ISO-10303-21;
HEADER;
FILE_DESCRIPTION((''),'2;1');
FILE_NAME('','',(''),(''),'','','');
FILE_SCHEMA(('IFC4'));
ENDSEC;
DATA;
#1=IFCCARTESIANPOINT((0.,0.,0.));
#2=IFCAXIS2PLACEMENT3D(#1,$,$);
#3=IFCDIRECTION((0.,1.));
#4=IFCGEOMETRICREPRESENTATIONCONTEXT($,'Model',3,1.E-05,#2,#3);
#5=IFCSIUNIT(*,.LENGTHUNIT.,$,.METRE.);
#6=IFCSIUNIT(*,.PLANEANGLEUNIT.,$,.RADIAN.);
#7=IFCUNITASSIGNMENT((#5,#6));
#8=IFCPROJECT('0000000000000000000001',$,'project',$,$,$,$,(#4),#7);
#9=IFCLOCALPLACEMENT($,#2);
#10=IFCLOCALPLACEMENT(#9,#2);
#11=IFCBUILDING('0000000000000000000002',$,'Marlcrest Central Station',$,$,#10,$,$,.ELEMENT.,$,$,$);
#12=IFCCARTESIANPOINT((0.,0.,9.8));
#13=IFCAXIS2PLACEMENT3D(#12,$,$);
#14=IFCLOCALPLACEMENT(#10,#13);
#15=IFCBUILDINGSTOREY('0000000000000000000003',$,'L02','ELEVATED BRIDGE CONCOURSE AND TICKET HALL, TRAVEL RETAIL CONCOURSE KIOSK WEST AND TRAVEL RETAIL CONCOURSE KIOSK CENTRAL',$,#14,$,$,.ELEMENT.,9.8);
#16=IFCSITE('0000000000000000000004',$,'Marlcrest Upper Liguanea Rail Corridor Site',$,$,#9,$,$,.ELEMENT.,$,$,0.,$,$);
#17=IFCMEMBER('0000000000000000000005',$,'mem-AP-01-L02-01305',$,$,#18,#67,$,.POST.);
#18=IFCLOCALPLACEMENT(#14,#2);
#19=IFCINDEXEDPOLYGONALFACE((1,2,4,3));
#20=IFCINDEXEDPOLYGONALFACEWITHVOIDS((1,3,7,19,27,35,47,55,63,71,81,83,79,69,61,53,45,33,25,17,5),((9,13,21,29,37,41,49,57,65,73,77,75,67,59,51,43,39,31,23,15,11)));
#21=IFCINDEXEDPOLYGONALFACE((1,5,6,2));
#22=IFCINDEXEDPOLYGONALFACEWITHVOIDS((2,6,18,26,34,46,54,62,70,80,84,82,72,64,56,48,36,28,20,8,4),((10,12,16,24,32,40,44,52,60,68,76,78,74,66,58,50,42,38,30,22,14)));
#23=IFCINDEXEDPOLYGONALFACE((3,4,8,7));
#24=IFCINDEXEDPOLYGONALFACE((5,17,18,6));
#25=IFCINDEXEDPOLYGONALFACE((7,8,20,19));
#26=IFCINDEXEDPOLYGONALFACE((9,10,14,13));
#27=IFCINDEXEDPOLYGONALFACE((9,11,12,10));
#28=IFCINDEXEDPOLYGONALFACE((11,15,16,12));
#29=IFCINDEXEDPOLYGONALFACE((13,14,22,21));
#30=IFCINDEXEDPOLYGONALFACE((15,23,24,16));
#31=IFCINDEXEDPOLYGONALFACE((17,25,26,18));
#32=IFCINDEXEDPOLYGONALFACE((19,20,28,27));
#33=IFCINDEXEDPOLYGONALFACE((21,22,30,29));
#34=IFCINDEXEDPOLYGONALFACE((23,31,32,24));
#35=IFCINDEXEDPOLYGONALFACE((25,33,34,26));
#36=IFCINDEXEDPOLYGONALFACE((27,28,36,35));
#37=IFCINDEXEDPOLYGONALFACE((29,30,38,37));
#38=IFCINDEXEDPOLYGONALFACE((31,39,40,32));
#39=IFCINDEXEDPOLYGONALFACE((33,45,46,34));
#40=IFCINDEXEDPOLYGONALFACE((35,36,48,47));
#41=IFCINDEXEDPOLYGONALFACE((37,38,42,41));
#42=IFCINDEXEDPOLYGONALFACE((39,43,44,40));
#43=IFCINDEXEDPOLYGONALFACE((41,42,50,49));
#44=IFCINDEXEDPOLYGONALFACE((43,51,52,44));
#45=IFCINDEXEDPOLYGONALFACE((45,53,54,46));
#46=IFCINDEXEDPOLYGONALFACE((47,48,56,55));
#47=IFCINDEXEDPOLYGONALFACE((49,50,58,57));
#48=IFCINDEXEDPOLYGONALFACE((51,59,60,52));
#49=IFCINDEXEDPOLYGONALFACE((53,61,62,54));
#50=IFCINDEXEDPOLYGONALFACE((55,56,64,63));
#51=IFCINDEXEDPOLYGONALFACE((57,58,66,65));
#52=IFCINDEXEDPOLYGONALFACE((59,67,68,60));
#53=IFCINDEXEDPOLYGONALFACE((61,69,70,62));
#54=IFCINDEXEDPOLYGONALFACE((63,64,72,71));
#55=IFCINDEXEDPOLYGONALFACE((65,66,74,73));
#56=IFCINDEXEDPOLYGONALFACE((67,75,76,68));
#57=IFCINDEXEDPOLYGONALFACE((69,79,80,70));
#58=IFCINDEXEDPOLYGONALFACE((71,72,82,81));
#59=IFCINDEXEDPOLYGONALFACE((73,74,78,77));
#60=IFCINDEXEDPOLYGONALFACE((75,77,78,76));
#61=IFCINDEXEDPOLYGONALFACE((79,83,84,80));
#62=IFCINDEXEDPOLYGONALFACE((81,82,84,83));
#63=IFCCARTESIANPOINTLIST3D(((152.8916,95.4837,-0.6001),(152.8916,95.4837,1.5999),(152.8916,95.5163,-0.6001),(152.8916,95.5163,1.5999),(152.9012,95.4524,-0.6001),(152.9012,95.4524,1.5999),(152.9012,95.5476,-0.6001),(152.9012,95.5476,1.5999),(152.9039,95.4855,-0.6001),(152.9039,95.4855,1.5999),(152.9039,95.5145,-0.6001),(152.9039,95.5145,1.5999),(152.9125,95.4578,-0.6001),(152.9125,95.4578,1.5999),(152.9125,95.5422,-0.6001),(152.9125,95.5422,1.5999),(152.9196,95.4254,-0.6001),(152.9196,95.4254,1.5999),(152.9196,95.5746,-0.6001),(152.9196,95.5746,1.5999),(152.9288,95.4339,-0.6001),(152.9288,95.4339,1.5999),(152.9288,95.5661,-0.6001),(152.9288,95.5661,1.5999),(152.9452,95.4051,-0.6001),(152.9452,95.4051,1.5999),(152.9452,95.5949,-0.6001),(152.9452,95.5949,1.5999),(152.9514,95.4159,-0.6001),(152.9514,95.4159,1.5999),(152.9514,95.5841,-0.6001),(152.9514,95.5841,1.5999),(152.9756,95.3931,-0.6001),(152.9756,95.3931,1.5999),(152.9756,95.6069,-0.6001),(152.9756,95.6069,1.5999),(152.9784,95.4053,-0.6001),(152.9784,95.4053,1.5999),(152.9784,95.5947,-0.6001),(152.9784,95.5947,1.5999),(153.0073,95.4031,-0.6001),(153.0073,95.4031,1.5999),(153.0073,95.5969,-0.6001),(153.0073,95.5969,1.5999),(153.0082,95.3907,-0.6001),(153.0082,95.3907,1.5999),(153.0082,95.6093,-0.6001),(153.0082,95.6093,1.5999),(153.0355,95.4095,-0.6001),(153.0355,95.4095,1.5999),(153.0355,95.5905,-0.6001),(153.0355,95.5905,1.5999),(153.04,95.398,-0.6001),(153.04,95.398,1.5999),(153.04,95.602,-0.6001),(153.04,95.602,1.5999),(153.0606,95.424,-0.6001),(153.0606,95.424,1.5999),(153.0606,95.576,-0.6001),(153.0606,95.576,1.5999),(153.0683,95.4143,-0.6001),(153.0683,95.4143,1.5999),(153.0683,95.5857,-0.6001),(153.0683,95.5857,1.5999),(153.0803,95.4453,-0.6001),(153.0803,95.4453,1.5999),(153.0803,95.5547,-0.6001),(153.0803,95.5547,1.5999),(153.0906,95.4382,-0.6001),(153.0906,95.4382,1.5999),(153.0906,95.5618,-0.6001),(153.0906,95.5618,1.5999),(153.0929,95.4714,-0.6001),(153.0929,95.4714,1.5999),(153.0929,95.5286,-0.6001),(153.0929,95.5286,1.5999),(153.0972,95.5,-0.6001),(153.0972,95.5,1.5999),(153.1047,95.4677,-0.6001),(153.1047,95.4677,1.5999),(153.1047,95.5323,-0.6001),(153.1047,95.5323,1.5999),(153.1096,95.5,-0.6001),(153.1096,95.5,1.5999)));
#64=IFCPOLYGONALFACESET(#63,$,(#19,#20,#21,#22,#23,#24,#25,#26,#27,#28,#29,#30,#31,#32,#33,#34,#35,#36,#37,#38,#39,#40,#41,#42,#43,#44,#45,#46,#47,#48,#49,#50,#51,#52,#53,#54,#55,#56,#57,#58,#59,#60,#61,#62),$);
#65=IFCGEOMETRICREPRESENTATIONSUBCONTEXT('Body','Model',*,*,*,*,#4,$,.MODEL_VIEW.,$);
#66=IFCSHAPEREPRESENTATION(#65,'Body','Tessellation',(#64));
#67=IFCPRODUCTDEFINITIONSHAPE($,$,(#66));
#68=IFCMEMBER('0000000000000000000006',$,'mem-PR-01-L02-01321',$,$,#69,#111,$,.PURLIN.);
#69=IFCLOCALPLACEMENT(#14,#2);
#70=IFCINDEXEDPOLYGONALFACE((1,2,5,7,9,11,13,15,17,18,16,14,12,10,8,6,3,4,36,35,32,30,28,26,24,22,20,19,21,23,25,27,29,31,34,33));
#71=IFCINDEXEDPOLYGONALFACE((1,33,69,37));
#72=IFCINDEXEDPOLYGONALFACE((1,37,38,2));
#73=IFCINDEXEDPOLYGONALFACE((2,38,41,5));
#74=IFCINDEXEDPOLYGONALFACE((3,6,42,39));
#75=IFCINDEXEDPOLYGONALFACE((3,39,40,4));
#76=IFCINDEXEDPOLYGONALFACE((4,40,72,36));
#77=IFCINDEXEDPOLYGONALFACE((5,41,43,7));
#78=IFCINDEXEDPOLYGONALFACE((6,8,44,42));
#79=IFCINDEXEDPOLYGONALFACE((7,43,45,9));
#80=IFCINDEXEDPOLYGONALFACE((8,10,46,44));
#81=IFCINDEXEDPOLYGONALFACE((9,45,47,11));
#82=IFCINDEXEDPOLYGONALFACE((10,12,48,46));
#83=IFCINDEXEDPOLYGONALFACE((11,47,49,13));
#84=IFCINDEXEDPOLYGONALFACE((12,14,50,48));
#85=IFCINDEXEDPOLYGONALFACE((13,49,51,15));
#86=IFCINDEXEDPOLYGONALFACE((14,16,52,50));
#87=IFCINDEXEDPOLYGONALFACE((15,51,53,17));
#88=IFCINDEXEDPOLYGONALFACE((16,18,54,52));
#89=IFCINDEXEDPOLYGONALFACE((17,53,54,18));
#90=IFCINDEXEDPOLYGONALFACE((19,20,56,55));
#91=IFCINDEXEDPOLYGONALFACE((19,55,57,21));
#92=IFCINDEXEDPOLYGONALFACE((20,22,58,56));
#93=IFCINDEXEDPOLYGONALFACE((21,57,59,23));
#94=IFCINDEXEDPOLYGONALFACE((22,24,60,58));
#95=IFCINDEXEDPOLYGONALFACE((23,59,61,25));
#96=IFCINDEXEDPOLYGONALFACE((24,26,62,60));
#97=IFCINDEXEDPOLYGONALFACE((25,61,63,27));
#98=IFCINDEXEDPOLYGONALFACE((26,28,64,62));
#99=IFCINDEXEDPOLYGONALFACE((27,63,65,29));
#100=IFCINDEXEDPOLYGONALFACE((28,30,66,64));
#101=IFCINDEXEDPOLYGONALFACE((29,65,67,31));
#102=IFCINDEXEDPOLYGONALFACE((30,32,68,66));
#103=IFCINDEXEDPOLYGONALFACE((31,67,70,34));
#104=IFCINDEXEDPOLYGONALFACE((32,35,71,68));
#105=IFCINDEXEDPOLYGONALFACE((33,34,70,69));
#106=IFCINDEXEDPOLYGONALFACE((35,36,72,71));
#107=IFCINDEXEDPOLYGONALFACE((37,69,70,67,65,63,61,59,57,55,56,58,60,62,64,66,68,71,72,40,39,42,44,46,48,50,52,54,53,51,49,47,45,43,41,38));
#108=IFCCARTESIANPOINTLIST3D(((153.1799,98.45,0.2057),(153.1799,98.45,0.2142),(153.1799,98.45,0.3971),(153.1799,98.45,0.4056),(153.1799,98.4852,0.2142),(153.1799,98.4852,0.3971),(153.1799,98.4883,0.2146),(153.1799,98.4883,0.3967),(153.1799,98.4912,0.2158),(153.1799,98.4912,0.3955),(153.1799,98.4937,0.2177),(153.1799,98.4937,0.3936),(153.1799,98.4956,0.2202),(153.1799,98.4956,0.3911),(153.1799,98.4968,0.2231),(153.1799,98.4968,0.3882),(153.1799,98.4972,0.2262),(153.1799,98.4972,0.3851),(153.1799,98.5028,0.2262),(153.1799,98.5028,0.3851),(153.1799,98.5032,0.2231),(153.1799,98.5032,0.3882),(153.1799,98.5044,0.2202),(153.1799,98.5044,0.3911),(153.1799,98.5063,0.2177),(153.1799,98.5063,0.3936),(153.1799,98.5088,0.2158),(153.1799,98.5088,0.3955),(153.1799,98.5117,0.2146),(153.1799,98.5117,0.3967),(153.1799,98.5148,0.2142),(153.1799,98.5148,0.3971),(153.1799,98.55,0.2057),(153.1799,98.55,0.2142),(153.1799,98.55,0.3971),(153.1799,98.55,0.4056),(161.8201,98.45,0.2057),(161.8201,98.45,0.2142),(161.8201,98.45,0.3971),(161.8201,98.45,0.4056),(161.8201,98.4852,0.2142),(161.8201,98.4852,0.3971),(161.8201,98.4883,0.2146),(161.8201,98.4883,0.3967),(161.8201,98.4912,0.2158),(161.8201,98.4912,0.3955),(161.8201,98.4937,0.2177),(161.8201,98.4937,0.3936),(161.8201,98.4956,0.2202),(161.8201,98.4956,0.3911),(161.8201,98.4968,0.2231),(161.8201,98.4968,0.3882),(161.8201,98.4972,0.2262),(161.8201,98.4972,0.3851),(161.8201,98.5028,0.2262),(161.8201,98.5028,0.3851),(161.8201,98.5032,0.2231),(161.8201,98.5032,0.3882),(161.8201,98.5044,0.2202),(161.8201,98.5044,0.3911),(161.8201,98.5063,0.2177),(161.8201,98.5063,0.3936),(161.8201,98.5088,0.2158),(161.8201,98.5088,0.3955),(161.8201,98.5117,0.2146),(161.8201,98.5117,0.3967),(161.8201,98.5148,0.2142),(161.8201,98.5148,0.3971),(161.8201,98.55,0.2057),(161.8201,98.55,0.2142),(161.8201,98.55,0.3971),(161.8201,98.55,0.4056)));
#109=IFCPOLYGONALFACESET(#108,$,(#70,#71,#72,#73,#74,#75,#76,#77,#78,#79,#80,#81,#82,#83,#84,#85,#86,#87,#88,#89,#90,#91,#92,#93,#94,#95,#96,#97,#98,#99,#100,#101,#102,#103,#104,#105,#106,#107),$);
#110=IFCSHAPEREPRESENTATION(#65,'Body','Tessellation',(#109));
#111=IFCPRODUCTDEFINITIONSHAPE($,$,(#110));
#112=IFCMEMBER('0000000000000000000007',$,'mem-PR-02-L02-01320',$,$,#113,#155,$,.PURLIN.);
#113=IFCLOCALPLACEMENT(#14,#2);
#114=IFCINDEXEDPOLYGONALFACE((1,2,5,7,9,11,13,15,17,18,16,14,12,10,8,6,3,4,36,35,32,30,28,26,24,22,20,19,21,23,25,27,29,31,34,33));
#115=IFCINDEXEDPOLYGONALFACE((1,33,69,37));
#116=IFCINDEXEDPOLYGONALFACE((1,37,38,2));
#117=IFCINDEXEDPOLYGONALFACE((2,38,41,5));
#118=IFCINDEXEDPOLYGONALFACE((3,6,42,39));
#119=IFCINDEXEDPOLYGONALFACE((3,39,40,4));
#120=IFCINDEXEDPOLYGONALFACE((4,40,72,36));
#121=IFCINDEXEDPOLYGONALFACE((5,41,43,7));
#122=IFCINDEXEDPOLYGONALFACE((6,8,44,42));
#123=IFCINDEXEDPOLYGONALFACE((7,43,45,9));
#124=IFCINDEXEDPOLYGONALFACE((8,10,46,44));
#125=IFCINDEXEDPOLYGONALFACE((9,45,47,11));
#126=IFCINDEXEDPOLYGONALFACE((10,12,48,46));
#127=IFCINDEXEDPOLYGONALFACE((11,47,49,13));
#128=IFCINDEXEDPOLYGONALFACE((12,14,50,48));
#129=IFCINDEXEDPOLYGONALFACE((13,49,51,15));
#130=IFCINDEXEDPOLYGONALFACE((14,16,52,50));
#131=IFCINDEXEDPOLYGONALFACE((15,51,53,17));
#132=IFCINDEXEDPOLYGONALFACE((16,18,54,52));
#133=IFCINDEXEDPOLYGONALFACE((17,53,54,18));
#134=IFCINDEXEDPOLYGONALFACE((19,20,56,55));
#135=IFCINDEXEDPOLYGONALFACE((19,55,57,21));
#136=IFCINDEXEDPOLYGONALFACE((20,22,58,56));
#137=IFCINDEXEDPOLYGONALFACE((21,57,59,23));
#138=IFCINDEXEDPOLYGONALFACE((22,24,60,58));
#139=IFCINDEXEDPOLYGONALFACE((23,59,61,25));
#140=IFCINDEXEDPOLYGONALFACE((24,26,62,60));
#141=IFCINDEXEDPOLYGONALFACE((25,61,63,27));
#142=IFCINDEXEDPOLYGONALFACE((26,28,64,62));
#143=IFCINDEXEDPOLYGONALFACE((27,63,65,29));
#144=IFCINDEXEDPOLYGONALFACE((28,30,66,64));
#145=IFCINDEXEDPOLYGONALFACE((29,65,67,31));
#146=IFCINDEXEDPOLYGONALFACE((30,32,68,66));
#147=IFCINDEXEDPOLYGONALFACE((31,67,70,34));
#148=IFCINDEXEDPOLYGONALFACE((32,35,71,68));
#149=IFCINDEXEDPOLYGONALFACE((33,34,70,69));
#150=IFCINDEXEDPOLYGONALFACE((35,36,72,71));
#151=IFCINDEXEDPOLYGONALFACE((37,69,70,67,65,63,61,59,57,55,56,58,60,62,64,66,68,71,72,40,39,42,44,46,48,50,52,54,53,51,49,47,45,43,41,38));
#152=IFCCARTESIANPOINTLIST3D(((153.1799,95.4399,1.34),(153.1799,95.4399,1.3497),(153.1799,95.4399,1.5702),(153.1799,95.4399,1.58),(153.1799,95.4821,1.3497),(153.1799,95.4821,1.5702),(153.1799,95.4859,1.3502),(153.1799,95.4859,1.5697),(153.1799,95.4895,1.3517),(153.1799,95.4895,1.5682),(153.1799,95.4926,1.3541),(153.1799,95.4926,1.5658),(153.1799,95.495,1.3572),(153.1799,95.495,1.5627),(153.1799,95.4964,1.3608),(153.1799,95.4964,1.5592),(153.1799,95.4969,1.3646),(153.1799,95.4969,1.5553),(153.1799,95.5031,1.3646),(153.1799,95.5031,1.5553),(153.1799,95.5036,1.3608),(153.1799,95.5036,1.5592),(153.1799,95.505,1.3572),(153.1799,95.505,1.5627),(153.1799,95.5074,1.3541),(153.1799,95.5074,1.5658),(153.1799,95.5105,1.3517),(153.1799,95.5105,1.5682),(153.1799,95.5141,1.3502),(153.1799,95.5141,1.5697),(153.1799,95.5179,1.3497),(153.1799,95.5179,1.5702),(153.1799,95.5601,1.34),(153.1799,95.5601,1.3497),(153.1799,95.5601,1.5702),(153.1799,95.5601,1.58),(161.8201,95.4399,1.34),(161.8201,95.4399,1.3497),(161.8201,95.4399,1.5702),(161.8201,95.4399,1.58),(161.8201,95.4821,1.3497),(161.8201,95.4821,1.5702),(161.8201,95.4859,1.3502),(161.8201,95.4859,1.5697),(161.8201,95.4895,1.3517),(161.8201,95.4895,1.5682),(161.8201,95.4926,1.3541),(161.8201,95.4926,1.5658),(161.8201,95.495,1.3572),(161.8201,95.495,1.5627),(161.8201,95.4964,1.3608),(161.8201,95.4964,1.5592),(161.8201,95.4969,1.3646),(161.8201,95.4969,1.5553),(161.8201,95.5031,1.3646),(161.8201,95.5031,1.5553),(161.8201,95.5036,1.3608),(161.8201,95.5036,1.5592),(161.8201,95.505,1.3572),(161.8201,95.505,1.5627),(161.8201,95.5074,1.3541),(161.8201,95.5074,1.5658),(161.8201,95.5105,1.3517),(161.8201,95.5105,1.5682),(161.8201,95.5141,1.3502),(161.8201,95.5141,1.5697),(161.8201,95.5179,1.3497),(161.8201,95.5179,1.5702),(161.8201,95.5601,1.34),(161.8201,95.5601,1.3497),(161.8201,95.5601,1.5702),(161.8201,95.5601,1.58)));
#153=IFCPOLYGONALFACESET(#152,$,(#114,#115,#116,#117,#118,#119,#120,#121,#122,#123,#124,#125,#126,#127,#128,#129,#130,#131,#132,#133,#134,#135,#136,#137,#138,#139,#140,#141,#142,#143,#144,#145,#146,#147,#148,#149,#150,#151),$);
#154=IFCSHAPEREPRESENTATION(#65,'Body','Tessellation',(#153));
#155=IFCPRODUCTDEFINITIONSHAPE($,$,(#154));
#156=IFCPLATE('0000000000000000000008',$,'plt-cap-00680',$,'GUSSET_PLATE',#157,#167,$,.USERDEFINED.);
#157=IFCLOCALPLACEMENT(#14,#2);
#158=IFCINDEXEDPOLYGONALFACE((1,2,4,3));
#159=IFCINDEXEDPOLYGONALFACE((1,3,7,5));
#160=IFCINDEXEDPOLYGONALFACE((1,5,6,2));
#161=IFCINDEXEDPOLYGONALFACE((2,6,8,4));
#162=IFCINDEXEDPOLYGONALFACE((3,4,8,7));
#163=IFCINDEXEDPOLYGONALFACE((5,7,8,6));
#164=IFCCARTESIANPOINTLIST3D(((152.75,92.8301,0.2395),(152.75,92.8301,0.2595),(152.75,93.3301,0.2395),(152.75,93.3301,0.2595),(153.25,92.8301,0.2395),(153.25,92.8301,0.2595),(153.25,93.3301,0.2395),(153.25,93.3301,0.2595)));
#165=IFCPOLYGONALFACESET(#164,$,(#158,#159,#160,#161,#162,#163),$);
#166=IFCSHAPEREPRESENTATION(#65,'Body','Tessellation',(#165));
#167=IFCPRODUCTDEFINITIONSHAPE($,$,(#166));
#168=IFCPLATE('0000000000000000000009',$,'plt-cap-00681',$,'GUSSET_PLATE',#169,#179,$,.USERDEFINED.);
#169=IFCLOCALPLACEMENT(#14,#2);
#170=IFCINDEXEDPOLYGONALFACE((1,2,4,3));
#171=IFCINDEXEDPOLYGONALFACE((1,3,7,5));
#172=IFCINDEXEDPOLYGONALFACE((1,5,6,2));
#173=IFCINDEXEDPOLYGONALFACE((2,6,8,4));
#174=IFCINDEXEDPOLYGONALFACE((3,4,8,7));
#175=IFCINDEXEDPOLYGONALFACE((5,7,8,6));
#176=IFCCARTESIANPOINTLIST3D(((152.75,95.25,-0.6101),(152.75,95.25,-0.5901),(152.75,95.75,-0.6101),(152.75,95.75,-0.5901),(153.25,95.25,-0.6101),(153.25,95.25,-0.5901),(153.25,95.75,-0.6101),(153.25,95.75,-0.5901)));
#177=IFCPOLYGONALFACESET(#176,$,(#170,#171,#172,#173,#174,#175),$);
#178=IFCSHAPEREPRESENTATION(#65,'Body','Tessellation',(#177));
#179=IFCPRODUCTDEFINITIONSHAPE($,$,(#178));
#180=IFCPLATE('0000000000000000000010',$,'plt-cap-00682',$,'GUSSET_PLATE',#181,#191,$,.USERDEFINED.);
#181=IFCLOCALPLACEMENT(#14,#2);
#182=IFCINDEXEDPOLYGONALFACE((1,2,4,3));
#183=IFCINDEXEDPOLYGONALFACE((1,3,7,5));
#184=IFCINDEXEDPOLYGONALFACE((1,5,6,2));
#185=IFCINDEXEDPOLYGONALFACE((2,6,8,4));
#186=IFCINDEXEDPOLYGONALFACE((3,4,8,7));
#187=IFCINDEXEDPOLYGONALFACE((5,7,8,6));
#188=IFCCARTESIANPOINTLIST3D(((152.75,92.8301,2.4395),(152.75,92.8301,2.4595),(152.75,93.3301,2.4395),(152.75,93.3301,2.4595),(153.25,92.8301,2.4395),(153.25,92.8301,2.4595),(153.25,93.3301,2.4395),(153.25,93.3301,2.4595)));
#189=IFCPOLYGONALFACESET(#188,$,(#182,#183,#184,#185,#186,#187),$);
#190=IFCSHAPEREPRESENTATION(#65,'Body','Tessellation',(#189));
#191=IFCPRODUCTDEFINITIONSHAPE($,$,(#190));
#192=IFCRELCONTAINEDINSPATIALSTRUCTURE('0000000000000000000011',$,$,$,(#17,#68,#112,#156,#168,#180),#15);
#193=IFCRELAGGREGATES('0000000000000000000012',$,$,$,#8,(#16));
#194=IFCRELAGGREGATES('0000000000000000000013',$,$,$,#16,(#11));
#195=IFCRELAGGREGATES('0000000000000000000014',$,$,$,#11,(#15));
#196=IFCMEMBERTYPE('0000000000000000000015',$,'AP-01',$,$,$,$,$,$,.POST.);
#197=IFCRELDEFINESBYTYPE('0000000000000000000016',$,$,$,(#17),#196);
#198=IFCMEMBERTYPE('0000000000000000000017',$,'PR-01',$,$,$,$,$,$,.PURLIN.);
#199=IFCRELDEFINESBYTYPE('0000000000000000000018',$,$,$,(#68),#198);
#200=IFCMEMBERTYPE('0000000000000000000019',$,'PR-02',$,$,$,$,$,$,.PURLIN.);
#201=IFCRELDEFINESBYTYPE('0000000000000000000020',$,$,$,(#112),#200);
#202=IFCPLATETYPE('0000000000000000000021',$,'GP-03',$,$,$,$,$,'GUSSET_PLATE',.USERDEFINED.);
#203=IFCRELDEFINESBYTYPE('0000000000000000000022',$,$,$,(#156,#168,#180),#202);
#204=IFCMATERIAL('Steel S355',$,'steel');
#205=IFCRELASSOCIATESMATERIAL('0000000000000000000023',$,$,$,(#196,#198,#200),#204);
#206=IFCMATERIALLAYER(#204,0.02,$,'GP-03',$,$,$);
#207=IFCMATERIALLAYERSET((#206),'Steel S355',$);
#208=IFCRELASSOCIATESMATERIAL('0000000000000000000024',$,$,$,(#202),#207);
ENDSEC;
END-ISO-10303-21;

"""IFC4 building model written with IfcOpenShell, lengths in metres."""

from ifc_helpers import new_model, si_unit, direction, frame, origin, origin_2d, place, context, subcontext, project, spatial, rectangle, hollow_circle, i_section, extrude, material, layer, layer_set, material_profile, profile_set, type_object, element, save


model = new_model("IFC4")

# Units and contexts
model_context = context("Model", 3, precision=1e-05, world=origin(), true_north=direction((0.0, 1.0)))
body_context = subcontext(model_context, "Body", "Model", "MODEL_VIEW")
ifc_project = project(units=[si_unit("LENGTHUNIT", "METRE"), si_unit("PLANEANGLEUNIT", "RADIAN")], contexts=[model_context])

# Site, building, storey
site_placement = place(None, origin())
site = spatial("IfcSite", under=ifc_project, at=site_placement, Name="Marlcrest Upper Liguanea Rail Corridor Site", CompositionType="ELEMENT", RefElevation=0.0)
building_placement = place(site_placement, origin())
building = spatial("IfcBuilding", under=site, at=building_placement, Name="Marlcrest Central Station", CompositionType="ELEMENT")
storey_placement = place(building_placement, frame((0.0, 0.0, 9.8)))
storey = spatial("IfcBuildingStorey", under=building, at=storey_placement, Name="L02", Description="ELEVATED BRIDGE CONCOURSE AND TICKET HALL, TRAVEL RETAIL CONCOURSE KIOSK WEST AND TRAVEL RETAIL CONCOURSE KIOSK CENTRAL", CompositionType="ELEMENT", Elevation=9.8)

# Members
ifc_material_1 = material(Name="Steel S355", Category="steel")
ifc_material_profile_1 = material_profile(ifc_material_1, hollow_circle(Radius=0.1096, WallThickness=0.0125, at=origin_2d()), Name="CHS 219.1x12.5")
ifc_profile_set_1 = profile_set([ifc_material_profile_1], Name="Steel S355")
member_type_1 = type_object("IfcMemberType", Name="AP-01", PredefinedType="POST", material=ifc_profile_set_1)
for number, where, z_axis, x_axis, name in (
    (1, (153.0, 95.5, -0.6001), (0.0, 0.0, 1.0), (1.0, 0.0, 0.0), "mem-AP-01-L02-01305"),
):
    element("IfcMember", number, at=place(storey_placement, frame(where, z_axis=z_axis, x_axis=x_axis)), inside=storey, type_object=member_type_1, Name=name, PredefinedType="POST", context=body_context, shape_type="SweptSolid", body=[
        extrude(hollow_circle(Radius=0.1096, WallThickness=0.0125, at=origin_2d()), origin(), (0.0, 0.0, 1.0), 2.2),
    ])
ifc_material_profile_2 = material_profile(ifc_material_1, i_section(OverallWidth=0.1001, OverallDepth=0.2, WebThickness=0.0056, FlangeThickness=0.0085, FilletRadius=0.012, at=origin_2d()), Name="IPE 200")
ifc_profile_set_2 = profile_set([ifc_material_profile_2], Name="Steel S355")
member_type_2 = type_object("IfcMemberType", Name="PR-01", PredefinedType="PURLIN", material=ifc_profile_set_2)
member_1_placement = place(storey_placement, frame((153.1799, 98.5, 0.3057), z_axis=(1.0, 0.0, 0.0), x_axis=(0.0, 1.0, 0.0)))
element("IfcMember", 2, at=member_1_placement, inside=storey, type_object=member_type_2, Name="mem-PR-01-L02-01321", PredefinedType="PURLIN", context=body_context, shape_type="SweptSolid", body=[
    extrude(i_section(OverallWidth=0.1001, OverallDepth=0.2, WebThickness=0.0056, FlangeThickness=0.0085, FilletRadius=0.012, at=origin_2d()), origin(), (0.0, 0.0, 1.0), 8.6401),
])
ifc_material_profile_3 = material_profile(ifc_material_1, i_section(OverallWidth=0.1201, OverallDepth=0.24, WebThickness=0.0061, FlangeThickness=0.0098, FilletRadius=0.0149, at=origin_2d()), Name="IPE 240")
ifc_profile_set_3 = profile_set([ifc_material_profile_3], Name="Steel S355")
member_type_3 = type_object("IfcMemberType", Name="PR-02", PredefinedType="PURLIN", material=ifc_profile_set_3)
member_2_placement = place(storey_placement, frame((153.1799, 95.5, 1.46), z_axis=(1.0, 0.0, 0.0), x_axis=(0.0, 1.0, 0.0)))
element("IfcMember", 3, at=member_2_placement, inside=storey, type_object=member_type_3, Name="mem-PR-02-L02-01320", PredefinedType="PURLIN", context=body_context, shape_type="SweptSolid", body=[
    extrude(i_section(OverallWidth=0.1201, OverallDepth=0.24, WebThickness=0.0061, FlangeThickness=0.0098, FilletRadius=0.0149, at=origin_2d()), origin(), (0.0, 0.0, 1.0), 8.6401),
])

# Plates
ifc_layer_1 = layer(ifc_material_1, 0.02, Name="GP-03")
ifc_layer_set_1 = layer_set([ifc_layer_1], Name="Steel S355")
plate_type = type_object("IfcPlateType", Name="GP-03", ElementType="GUSSET_PLATE", PredefinedType="USERDEFINED", material=ifc_layer_set_1)
for number, where, z_axis, x_axis, name in (
    (4, (153.0, 93.0801, 0.2395), (0.0, 0.0, 1.0), (1.0, 0.0, 0.0), "plt-cap-00680"),
    (5, (153.0, 95.5, -0.6101), (0.0, 0.0, 1.0), (1.0, 0.0, 0.0), "plt-cap-00681"),
    (6, (153.0, 93.0801, 2.4395), (0.0, 0.0, 1.0), (1.0, 0.0, 0.0), "plt-cap-00682"),
):
    element("IfcPlate", number, at=place(storey_placement, frame(where, z_axis=z_axis, x_axis=x_axis)), inside=storey, type_object=plate_type, Name=name, ObjectType="GUSSET_PLATE", PredefinedType="USERDEFINED", context=body_context, shape_type="SweptSolid", body=[
        extrude(rectangle(XDim=0.5, YDim=0.5, at=origin_2d()), origin(), (0.0, 0.0, 1.0), 0.02),
    ])

save(model, "model.ifc")
